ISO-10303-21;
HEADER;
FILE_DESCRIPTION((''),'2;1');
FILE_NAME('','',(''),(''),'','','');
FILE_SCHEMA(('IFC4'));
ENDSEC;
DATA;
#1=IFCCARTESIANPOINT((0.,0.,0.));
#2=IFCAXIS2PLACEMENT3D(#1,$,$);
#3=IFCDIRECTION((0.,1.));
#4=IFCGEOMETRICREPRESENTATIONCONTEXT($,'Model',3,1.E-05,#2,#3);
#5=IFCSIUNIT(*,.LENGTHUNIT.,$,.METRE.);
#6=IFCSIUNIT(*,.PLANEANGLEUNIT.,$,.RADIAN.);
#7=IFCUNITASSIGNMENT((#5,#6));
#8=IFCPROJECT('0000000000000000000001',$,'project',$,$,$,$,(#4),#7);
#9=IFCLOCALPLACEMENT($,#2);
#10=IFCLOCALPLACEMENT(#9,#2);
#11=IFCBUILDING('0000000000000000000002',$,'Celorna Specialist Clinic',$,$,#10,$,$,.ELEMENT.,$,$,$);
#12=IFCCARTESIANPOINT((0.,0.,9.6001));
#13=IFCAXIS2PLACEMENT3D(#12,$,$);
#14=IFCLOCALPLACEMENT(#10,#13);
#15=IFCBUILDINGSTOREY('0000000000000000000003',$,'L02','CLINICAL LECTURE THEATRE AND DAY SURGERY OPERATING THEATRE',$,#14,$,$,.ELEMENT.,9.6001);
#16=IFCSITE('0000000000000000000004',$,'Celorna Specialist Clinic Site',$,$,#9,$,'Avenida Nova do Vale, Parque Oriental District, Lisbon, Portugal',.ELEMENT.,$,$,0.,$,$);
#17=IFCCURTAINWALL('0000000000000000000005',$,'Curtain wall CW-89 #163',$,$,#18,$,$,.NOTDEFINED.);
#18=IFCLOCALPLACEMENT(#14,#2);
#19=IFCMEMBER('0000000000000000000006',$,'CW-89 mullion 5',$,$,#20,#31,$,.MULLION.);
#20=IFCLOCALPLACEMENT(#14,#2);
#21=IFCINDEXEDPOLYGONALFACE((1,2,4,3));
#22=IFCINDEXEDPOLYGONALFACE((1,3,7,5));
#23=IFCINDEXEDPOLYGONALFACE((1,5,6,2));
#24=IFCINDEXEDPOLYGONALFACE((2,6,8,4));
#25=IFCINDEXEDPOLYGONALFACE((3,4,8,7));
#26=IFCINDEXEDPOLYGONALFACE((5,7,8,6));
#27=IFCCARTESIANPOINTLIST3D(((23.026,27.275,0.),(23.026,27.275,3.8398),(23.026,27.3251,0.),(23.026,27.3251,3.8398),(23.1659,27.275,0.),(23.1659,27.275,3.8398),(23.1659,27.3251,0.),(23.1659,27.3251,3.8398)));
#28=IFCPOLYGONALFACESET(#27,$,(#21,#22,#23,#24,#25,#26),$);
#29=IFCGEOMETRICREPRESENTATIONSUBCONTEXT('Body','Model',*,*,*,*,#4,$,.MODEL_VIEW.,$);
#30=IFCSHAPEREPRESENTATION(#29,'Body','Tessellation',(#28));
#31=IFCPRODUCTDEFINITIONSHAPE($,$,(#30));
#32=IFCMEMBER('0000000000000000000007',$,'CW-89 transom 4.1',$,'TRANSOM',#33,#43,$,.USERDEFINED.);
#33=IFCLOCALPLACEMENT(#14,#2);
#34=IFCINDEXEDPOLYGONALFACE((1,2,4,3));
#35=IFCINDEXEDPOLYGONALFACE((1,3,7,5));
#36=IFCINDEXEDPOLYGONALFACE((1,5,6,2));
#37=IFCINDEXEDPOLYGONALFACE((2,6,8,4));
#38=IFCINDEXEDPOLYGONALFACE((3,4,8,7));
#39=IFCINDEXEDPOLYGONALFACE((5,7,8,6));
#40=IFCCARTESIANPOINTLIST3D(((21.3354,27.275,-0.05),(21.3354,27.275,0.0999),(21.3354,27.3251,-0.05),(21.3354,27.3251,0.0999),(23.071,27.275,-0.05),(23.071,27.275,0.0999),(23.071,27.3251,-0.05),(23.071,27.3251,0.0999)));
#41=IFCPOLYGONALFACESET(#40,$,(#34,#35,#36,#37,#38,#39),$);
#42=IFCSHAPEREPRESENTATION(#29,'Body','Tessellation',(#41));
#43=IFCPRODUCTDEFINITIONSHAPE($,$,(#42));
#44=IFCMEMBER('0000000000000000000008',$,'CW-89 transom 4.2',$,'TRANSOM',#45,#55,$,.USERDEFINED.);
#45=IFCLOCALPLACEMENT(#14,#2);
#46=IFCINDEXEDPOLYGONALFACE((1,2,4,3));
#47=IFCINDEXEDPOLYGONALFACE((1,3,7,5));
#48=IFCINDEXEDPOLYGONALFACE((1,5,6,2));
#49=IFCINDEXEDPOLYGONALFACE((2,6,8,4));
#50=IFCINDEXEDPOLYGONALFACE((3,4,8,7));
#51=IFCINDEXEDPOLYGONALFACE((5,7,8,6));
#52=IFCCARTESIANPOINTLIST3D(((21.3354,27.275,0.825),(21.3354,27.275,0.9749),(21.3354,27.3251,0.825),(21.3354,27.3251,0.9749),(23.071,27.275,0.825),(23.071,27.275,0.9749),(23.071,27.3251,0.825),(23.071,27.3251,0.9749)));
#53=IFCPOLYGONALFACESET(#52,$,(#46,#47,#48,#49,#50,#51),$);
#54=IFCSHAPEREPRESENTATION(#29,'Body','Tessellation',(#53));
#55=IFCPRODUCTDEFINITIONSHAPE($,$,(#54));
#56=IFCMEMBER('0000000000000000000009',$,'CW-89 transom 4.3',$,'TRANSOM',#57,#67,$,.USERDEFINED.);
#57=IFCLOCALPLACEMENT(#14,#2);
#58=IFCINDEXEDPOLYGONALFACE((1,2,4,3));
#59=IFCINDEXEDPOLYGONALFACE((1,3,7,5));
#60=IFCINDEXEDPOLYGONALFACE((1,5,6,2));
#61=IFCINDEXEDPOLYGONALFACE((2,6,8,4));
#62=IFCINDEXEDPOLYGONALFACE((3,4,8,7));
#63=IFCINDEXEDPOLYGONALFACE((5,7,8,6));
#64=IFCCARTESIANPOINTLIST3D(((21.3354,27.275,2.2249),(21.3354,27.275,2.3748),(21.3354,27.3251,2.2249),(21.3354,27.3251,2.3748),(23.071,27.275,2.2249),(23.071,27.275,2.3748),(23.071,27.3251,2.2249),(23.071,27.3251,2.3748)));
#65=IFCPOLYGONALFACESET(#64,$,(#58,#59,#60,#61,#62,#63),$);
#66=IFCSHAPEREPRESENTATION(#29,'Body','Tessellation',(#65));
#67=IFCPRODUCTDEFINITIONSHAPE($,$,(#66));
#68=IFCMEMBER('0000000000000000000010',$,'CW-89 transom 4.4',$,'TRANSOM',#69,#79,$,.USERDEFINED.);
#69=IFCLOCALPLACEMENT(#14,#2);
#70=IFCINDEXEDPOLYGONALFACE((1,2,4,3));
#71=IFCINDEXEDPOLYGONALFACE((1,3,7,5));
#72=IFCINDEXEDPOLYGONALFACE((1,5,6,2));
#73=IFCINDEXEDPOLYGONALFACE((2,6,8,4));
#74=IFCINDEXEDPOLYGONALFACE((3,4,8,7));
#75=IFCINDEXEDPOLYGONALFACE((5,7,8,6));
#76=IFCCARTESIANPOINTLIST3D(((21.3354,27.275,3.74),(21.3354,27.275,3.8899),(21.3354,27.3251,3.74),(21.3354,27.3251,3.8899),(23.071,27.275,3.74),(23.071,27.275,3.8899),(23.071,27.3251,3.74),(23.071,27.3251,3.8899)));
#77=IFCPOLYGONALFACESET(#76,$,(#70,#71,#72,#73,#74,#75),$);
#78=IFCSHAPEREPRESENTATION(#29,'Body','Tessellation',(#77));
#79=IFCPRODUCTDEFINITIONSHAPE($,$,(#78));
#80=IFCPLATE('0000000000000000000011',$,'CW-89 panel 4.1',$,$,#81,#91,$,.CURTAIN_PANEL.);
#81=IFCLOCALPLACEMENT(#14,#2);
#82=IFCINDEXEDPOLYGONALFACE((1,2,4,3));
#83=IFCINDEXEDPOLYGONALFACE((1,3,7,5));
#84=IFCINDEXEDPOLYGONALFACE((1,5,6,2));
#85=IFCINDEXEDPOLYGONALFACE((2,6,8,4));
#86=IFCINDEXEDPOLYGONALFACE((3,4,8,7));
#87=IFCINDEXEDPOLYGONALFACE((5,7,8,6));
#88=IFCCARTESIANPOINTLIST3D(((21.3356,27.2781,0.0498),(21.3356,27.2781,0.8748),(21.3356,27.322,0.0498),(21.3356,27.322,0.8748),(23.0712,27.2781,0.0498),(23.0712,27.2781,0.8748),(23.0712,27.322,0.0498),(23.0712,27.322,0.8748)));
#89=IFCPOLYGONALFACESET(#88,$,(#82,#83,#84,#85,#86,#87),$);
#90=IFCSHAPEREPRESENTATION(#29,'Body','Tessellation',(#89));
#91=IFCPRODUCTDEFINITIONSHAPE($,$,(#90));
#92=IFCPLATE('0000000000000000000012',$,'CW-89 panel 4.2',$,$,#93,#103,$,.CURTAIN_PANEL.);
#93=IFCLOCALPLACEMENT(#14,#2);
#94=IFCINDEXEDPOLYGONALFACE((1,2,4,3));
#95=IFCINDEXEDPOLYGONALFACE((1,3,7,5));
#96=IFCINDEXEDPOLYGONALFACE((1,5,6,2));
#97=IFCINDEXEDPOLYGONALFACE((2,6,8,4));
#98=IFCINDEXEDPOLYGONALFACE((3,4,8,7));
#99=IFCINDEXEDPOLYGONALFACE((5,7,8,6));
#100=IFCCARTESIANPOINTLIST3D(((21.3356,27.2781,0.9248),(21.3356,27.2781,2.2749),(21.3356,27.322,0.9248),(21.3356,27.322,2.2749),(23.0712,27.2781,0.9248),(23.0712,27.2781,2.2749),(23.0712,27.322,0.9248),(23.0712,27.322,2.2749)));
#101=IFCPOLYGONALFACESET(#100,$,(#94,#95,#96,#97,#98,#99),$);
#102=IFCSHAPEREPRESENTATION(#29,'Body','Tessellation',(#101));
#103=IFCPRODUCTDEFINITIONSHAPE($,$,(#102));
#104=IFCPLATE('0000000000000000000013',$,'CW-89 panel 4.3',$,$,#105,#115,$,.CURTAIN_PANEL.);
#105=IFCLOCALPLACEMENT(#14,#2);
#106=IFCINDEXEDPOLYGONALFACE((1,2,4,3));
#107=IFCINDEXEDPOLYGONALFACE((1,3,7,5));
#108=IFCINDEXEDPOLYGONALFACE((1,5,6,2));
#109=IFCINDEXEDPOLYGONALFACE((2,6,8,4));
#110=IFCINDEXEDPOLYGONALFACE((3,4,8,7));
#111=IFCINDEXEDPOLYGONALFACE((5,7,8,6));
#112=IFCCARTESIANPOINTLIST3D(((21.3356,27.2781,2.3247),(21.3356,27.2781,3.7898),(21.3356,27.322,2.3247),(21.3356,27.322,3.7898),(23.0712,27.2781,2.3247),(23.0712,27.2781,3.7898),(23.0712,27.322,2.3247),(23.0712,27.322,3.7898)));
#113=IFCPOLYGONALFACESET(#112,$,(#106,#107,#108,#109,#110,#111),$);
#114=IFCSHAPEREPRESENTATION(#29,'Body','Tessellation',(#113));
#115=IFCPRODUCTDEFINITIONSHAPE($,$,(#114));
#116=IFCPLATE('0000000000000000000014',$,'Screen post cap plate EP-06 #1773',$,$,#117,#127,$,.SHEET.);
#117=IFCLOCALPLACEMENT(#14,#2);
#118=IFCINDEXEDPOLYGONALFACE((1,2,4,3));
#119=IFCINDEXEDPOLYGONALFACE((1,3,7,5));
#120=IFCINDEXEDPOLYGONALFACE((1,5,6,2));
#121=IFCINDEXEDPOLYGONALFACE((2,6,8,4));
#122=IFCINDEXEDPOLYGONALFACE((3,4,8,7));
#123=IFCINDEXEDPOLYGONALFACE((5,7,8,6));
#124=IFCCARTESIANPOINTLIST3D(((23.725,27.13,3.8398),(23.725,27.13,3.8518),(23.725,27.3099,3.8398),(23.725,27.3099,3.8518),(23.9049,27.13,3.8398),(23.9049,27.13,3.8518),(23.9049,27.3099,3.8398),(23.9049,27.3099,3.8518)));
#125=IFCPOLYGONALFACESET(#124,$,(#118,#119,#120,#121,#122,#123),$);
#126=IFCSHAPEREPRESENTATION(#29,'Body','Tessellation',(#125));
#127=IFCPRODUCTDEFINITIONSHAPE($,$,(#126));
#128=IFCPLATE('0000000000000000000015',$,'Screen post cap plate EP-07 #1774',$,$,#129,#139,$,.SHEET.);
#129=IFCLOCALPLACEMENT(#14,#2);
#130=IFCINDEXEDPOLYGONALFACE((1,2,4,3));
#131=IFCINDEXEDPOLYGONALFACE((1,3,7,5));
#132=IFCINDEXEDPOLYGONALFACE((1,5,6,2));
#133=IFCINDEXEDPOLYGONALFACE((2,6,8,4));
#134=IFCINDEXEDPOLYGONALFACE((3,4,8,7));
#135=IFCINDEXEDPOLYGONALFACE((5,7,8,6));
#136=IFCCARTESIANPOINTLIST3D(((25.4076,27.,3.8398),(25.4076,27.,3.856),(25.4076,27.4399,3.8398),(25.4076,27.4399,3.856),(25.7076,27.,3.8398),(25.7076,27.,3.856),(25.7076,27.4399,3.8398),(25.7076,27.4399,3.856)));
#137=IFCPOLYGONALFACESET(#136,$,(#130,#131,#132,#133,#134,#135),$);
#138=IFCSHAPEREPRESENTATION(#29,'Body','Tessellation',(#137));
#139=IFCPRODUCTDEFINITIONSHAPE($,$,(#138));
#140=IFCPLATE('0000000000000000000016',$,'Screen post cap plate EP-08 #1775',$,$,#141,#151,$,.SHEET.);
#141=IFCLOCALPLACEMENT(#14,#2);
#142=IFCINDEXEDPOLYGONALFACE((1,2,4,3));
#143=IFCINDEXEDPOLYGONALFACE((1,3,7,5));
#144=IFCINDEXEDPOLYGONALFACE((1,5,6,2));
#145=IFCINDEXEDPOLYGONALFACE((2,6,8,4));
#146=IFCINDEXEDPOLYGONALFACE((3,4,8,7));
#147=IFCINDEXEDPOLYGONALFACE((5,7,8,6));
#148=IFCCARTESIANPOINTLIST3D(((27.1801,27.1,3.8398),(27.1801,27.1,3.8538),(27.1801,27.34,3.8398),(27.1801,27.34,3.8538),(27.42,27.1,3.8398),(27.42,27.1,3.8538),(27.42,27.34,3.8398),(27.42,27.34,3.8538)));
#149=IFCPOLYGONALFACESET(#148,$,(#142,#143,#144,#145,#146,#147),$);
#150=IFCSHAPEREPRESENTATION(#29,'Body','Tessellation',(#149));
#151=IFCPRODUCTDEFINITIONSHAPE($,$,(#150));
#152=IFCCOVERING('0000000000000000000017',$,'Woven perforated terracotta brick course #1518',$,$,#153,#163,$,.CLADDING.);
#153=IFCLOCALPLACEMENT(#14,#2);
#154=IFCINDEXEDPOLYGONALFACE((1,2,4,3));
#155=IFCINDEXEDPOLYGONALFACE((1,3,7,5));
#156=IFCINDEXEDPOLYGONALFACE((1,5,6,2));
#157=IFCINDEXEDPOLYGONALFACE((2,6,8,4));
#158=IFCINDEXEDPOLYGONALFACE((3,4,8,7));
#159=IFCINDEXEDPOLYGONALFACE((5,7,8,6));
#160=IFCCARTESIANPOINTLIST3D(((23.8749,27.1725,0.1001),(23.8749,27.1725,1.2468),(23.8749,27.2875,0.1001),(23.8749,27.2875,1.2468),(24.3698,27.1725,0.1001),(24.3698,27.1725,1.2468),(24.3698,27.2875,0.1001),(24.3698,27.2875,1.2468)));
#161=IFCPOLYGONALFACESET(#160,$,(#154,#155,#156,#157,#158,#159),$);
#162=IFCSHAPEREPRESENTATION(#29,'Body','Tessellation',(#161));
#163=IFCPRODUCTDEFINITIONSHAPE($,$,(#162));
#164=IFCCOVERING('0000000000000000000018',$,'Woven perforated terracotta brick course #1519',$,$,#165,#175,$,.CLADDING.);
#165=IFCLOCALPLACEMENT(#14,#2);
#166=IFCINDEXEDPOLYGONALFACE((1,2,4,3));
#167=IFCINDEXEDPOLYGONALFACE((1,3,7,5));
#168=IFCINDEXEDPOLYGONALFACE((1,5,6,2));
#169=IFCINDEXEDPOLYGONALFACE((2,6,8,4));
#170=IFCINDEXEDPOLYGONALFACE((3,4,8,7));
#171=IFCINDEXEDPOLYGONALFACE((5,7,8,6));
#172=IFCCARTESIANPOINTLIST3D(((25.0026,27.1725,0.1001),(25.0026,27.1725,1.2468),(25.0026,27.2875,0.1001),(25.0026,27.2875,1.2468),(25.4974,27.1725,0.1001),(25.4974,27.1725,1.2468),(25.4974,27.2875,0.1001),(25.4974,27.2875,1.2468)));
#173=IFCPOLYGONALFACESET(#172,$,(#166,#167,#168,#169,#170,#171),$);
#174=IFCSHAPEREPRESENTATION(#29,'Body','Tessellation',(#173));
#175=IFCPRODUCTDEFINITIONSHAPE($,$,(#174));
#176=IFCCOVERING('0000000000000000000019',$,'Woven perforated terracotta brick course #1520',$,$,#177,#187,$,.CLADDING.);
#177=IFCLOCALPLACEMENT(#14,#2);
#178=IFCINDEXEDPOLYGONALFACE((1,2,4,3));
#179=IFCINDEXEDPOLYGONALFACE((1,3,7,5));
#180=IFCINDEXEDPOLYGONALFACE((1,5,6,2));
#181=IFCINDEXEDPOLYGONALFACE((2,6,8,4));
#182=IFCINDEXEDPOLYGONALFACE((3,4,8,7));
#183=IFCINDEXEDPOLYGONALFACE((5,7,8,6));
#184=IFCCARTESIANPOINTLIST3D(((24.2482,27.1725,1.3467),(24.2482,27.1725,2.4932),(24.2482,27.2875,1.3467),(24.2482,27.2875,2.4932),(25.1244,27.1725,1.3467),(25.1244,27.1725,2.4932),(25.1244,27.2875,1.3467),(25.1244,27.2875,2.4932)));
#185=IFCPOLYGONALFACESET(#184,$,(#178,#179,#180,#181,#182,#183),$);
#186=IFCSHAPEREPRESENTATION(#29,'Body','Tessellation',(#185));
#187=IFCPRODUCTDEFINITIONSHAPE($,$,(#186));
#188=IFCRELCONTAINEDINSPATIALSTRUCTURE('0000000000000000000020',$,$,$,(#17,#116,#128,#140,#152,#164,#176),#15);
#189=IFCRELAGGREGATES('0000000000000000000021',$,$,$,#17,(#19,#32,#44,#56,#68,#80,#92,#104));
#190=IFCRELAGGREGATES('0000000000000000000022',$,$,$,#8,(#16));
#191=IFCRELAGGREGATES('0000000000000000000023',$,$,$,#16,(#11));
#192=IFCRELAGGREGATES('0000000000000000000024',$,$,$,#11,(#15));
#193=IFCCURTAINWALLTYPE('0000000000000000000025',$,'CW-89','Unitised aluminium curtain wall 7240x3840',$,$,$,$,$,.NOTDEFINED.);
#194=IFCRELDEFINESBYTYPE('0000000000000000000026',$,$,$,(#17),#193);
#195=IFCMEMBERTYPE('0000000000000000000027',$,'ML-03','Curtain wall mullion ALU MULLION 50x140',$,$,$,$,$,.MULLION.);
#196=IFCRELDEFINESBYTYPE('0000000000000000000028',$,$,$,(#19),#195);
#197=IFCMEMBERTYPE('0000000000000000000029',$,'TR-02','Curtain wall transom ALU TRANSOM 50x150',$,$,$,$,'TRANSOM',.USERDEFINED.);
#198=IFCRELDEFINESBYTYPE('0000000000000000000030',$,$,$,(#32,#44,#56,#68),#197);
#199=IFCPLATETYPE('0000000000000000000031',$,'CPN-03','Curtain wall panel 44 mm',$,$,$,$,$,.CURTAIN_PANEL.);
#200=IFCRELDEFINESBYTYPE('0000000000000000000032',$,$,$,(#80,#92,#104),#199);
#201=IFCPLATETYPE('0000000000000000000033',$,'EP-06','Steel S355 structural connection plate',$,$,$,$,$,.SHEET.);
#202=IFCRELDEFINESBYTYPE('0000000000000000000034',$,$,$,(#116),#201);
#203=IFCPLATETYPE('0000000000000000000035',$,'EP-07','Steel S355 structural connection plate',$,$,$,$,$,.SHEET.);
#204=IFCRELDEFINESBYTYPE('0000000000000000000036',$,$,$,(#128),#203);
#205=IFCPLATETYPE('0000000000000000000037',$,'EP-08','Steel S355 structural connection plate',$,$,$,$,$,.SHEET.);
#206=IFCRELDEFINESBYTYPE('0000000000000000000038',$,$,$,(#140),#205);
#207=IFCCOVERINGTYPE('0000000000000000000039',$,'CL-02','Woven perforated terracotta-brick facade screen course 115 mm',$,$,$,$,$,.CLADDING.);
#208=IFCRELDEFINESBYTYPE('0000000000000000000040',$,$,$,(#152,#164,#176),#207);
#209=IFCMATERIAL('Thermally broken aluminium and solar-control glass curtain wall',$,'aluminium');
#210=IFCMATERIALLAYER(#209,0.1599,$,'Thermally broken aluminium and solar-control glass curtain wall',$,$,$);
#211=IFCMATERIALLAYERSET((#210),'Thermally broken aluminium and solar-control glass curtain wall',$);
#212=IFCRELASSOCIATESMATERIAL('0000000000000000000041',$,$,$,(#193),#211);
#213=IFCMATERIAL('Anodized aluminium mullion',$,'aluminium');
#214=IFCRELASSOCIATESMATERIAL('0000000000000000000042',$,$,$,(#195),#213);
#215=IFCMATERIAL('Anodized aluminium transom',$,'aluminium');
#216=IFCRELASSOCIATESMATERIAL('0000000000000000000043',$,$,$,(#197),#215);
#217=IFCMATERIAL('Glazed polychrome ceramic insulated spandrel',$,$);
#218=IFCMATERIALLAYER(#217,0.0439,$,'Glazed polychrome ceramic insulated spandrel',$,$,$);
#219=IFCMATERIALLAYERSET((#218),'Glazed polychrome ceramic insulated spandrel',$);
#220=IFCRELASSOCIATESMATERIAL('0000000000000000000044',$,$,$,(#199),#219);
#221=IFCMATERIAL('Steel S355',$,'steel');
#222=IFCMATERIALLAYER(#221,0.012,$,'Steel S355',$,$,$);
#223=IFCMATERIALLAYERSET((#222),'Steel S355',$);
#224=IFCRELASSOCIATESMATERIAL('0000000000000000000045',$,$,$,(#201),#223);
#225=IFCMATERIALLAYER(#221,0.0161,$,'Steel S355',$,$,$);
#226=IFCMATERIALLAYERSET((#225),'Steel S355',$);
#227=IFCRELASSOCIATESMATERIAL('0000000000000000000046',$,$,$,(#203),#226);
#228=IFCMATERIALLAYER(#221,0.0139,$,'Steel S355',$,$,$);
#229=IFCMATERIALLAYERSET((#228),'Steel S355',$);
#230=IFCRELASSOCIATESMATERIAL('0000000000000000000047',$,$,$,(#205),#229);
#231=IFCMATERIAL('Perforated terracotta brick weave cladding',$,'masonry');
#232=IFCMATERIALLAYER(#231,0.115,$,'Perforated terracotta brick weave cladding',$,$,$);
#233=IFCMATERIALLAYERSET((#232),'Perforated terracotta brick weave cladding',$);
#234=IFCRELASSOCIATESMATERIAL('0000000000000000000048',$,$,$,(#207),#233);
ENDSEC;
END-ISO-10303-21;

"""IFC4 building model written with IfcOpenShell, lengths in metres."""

from ifc_helpers import new_model, si_unit, direction, frame, origin, origin_2d, place, context, subcontext, project, spatial, rectangle, extrude, material, layer, layer_set, material_profile, profile_set, type_object, element, aggregate, save


model = new_model("IFC4")

# Units and contexts
model_context = context("Model", 3, precision=1e-05, world=origin(), true_north=direction((0.0, 1.0)))
body_context = subcontext(model_context, "Body", "Model", "MODEL_VIEW")
ifc_project = project(units=[si_unit("LENGTHUNIT", "METRE"), si_unit("PLANEANGLEUNIT", "RADIAN")], contexts=[model_context])

# Site, building, storey
site_placement = place(None, origin())
site = spatial("IfcSite", under=ifc_project, at=site_placement, Name="Celorna Specialist Clinic Site", LongName="Avenida Nova do Vale, Parque Oriental District, Lisbon, Portugal", CompositionType="ELEMENT", RefElevation=0.0)
building_placement = place(site_placement, origin())
building = spatial("IfcBuilding", under=site, at=building_placement, Name="Celorna Specialist Clinic", CompositionType="ELEMENT")
storey_placement = place(building_placement, frame((0.0, 0.0, 9.6001)))
storey = spatial("IfcBuildingStorey", under=building, at=storey_placement, Name="L02", Description="CLINICAL LECTURE THEATRE AND DAY SURGERY OPERATING THEATRE", CompositionType="ELEMENT", Elevation=9.6001)

# Shared definitions
ifc_material_1 = material(Name="Steel S355", Category="steel")

# Curtain wall, members, plates
ifc_material_2 = material(Name="Thermally broken aluminium and solar-control glass curtain wall", Category="aluminium")
ifc_layer_1 = layer(ifc_material_2, 0.1599, Name="Thermally broken aluminium and solar-control glass curtain wall")
ifc_layer_set_1 = layer_set([ifc_layer_1], Name="Thermally broken aluminium and solar-control glass curtain wall")
curtain_wall_type = type_object("IfcCurtainWallType", Name="CW-89", Description="Unitised aluminium curtain wall 7240x3840", PredefinedType="NOTDEFINED", material=ifc_layer_set_1)
curtain_wall_placement = place(storey_placement, origin())
curtain_wall = element("IfcCurtainWall", 1, at=curtain_wall_placement, inside=storey, type_object=curtain_wall_type, Name="Curtain wall CW-89 #163", PredefinedType="NOTDEFINED")
ifc_material_3 = material(Name="Anodized aluminium mullion", Category="aluminium")
ifc_material_profile_1 = material_profile(ifc_material_3, rectangle(XDim=0.05, YDim=0.1399, at=origin_2d()), Name="ALU MULLION 50x140")
ifc_profile_set_1 = profile_set([ifc_material_profile_1], Name="Anodized aluminium mullion")
member_type_1 = type_object("IfcMemberType", Name="ML-03", Description="Curtain wall mullion ALU MULLION 50x140", PredefinedType="MULLION", material=ifc_profile_set_1)
member_1_placement = place(storey_placement, frame((23.0959, 27.3, 0.0), z_axis=(0.0, 0.0, 1.0), x_axis=(0.0, 1.0, 0.0)))
member_1 = element("IfcMember", 2, at=member_1_placement, type_object=member_type_1, Name="CW-89 mullion 5", PredefinedType="MULLION", context=body_context, shape_type="SweptSolid", body=[
    extrude(rectangle(XDim=0.05, YDim=0.1399, at=origin_2d()), origin(), (0.0, 0.0, 1.0), 3.8398),
])
ifc_material_4 = material(Name="Anodized aluminium transom", Category="aluminium")
ifc_material_profile_2 = material_profile(ifc_material_4, rectangle(XDim=0.05, YDim=0.1499, at=origin_2d()), Name="ALU TRANSOM 50x150")
ifc_profile_set_2 = profile_set([ifc_material_profile_2], Name="Anodized aluminium transom")
member_type_2 = type_object("IfcMemberType", Name="TR-02", Description="Curtain wall transom ALU TRANSOM 50x150", ElementType="TRANSOM", PredefinedType="USERDEFINED", material=ifc_profile_set_2)
member_2_placement = place(storey_placement, frame((21.3354, 27.3, 0.0249), z_axis=(1.0, 0.0, 0.0), x_axis=(0.0, 1.0, 0.0)))
member_2 = element("IfcMember", 3, at=member_2_placement, type_object=member_type_2, Name="CW-89 transom 4.1", ObjectType="TRANSOM", PredefinedType="USERDEFINED", context=body_context, shape_type="SweptSolid", body=[
    extrude(rectangle(XDim=0.05, YDim=0.1499, at=origin_2d()), origin(), (0.0, 0.0, 1.0), 1.7356),
])
member_3_placement = place(storey_placement, frame((21.3354, 27.3, 0.8999), z_axis=(1.0, 0.0, 0.0), x_axis=(0.0, 1.0, 0.0)))
member_3 = element("IfcMember", 4, at=member_3_placement, type_object=member_type_2, Name="CW-89 transom 4.2", ObjectType="TRANSOM", PredefinedType="USERDEFINED", context=body_context, shape_type="SweptSolid", body=[
    extrude(rectangle(XDim=0.05, YDim=0.1499, at=origin_2d()), origin(), (0.0, 0.0, 1.0), 1.7356),
])
member_4_placement = place(storey_placement, frame((21.3354, 27.3, 2.2998), z_axis=(1.0, 0.0, 0.0), x_axis=(0.0, 1.0, 0.0)))
member_4 = element("IfcMember", 5, at=member_4_placement, type_object=member_type_2, Name="CW-89 transom 4.3", ObjectType="TRANSOM", PredefinedType="USERDEFINED", context=body_context, shape_type="SweptSolid", body=[
    extrude(rectangle(XDim=0.05, YDim=0.1499, at=origin_2d()), origin(), (0.0, 0.0, 1.0), 1.7356),
])
member_5_placement = place(storey_placement, frame((21.3354, 27.3, 3.8149), z_axis=(1.0, 0.0, 0.0), x_axis=(0.0, 1.0, 0.0)))
member_5 = element("IfcMember", 6, at=member_5_placement, type_object=member_type_2, Name="CW-89 transom 4.4", ObjectType="TRANSOM", PredefinedType="USERDEFINED", context=body_context, shape_type="SweptSolid", body=[
    extrude(rectangle(XDim=0.05, YDim=0.1499, at=origin_2d()), origin(), (0.0, 0.0, 1.0), 1.7356),
])
ifc_material_5 = material(Name="Glazed polychrome ceramic insulated spandrel")
ifc_layer_2 = layer(ifc_material_5, 0.0439, Name="Glazed polychrome ceramic insulated spandrel")
ifc_layer_set_2 = layer_set([ifc_layer_2], Name="Glazed polychrome ceramic insulated spandrel")
plate_type_1 = type_object("IfcPlateType", Name="CPN-03", Description="Curtain wall panel 44 mm", PredefinedType="CURTAIN_PANEL", material=ifc_layer_set_2)
plate_1_placement = place(storey_placement, frame((22.2034, 27.3, 0.0498), z_axis=(0.0, 0.0, 1.0), x_axis=(1.0, 0.0, 0.0)))
plate_1 = element("IfcPlate", 7, at=plate_1_placement, type_object=plate_type_1, Name="CW-89 panel 4.1", PredefinedType="CURTAIN_PANEL", context=body_context, shape_type="SweptSolid", body=[
    extrude(rectangle(XDim=1.7356, YDim=0.0439, at=origin_2d()), origin(), (0.0, 0.0, 1.0), 0.825),
])
plate_2_placement = place(storey_placement, frame((22.2034, 27.3, 0.9248), z_axis=(0.0, 0.0, 1.0), x_axis=(1.0, 0.0, 0.0)))
plate_2 = element("IfcPlate", 8, at=plate_2_placement, type_object=plate_type_1, Name="CW-89 panel 4.2", PredefinedType="CURTAIN_PANEL", context=body_context, shape_type="SweptSolid", body=[
    extrude(rectangle(XDim=1.7356, YDim=0.0439, at=origin_2d()), origin(), (0.0, 0.0, 1.0), 1.3501),
])
plate_3_placement = place(storey_placement, frame((22.2034, 27.3, 2.3247), z_axis=(0.0, 0.0, 1.0), x_axis=(1.0, 0.0, 0.0)))
plate_3 = element("IfcPlate", 9, at=plate_3_placement, type_object=plate_type_1, Name="CW-89 panel 4.3", PredefinedType="CURTAIN_PANEL", context=body_context, shape_type="SweptSolid", body=[
    extrude(rectangle(XDim=1.7356, YDim=0.0439, at=origin_2d()), origin(), (0.0, 0.0, 1.0), 1.4651),
])
aggregate(curtain_wall, [member_1, member_2, member_3, member_4, member_5, plate_1, plate_2, plate_3])

# Plates
ifc_layer_3 = layer(ifc_material_1, 0.012, Name="Steel S355")
ifc_layer_set_3 = layer_set([ifc_layer_3], Name="Steel S355")
plate_type_2 = type_object("IfcPlateType", Name="EP-06", Description="Steel S355 structural connection plate", PredefinedType="SHEET", material=ifc_layer_set_3)
plate_4_placement = place(storey_placement, frame((23.8149, 27.22, 3.8398), z_axis=(0.0, 0.0, 1.0), x_axis=(1.0, 0.0, 0.0)))
element("IfcPlate", 10, at=plate_4_placement, inside=storey, type_object=plate_type_2, Name="Screen post cap plate EP-06 #1773", PredefinedType="SHEET", context=body_context, shape_type="SweptSolid", body=[
    extrude(rectangle(XDim=0.1799, YDim=0.1799, at=origin_2d()), origin(), (0.0, 0.0, 1.0), 0.012),
])
ifc_layer_4 = layer(ifc_material_1, 0.0161, Name="Steel S355")
ifc_layer_set_4 = layer_set([ifc_layer_4], Name="Steel S355")
plate_type_3 = type_object("IfcPlateType", Name="EP-07", Description="Steel S355 structural connection plate", PredefinedType="SHEET", material=ifc_layer_set_4)
plate_5_placement = place(storey_placement, frame((25.5576, 27.22, 3.8398), z_axis=(0.0, 0.0, 1.0), x_axis=(1.0, 0.0, 0.0)))
element("IfcPlate", 11, at=plate_5_placement, inside=storey, type_object=plate_type_3, Name="Screen post cap plate EP-07 #1774", PredefinedType="SHEET", context=body_context, shape_type="SweptSolid", body=[
    extrude(rectangle(XDim=0.3, YDim=0.4399, at=origin_2d()), origin(), (0.0, 0.0, 1.0), 0.0161),
])
ifc_layer_5 = layer(ifc_material_1, 0.0139, Name="Steel S355")
ifc_layer_set_5 = layer_set([ifc_layer_5], Name="Steel S355")
plate_type_4 = type_object("IfcPlateType", Name="EP-08", Description="Steel S355 structural connection plate", PredefinedType="SHEET", material=ifc_layer_set_5)
plate_6_placement = place(storey_placement, frame((27.3, 27.22, 3.8398), z_axis=(0.0, 0.0, 1.0), x_axis=(1.0, 0.0, 0.0)))
element("IfcPlate", 12, at=plate_6_placement, inside=storey, type_object=plate_type_4, Name="Screen post cap plate EP-08 #1775", PredefinedType="SHEET", context=body_context, shape_type="SweptSolid", body=[
    extrude(rectangle(XDim=0.24, YDim=0.24, at=origin_2d()), origin(), (0.0, 0.0, 1.0), 0.0139),
])

# Coverings
ifc_material_6 = material(Name="Perforated terracotta brick weave cladding", Category="masonry")
ifc_layer_6 = layer(ifc_material_6, 0.115, Name="Perforated terracotta brick weave cladding")
ifc_layer_set_6 = layer_set([ifc_layer_6], Name="Perforated terracotta brick weave cladding")
covering_type = type_object("IfcCoveringType", Name="CL-02", Description="Woven perforated terracotta-brick facade screen course 115 mm", PredefinedType="CLADDING", material=ifc_layer_set_6)
for number, where, z_axis, x_axis, name in (
    (13, (24.1223, 27.23, 0.1001), (0.0, 0.0, 1.0), (1.0, 0.0, 0.0), "Woven perforated terracotta brick course #1518"),
    (14, (25.25, 27.23, 0.1001), (0.0, 0.0, 1.0), (1.0, 0.0, 0.0), "Woven perforated terracotta brick course #1519"),
):
    element("IfcCovering", number, at=place(storey_placement, frame(where, z_axis=z_axis, x_axis=x_axis)), inside=storey, type_object=covering_type, Name=name, PredefinedType="CLADDING", context=body_context, shape_type="SweptSolid", body=[
        extrude(rectangle(XDim=0.4949, YDim=0.115, at=origin_2d()), origin(), (0.0, 0.0, 1.0), 1.1467),
    ])
covering_1_placement = place(storey_placement, frame((24.6863, 27.23, 1.3467), z_axis=(0.0, 0.0, 1.0), x_axis=(1.0, 0.0, 0.0)))
element("IfcCovering", 15, at=covering_1_placement, inside=storey, type_object=covering_type, Name="Woven perforated terracotta brick course #1520", PredefinedType="CLADDING", context=body_context, shape_type="SweptSolid", body=[
    extrude(rectangle(XDim=0.8762, YDim=0.115, at=origin_2d()), origin(), (0.0, 0.0, 1.0), 1.1465),
])

save(model, "model.ifc")
